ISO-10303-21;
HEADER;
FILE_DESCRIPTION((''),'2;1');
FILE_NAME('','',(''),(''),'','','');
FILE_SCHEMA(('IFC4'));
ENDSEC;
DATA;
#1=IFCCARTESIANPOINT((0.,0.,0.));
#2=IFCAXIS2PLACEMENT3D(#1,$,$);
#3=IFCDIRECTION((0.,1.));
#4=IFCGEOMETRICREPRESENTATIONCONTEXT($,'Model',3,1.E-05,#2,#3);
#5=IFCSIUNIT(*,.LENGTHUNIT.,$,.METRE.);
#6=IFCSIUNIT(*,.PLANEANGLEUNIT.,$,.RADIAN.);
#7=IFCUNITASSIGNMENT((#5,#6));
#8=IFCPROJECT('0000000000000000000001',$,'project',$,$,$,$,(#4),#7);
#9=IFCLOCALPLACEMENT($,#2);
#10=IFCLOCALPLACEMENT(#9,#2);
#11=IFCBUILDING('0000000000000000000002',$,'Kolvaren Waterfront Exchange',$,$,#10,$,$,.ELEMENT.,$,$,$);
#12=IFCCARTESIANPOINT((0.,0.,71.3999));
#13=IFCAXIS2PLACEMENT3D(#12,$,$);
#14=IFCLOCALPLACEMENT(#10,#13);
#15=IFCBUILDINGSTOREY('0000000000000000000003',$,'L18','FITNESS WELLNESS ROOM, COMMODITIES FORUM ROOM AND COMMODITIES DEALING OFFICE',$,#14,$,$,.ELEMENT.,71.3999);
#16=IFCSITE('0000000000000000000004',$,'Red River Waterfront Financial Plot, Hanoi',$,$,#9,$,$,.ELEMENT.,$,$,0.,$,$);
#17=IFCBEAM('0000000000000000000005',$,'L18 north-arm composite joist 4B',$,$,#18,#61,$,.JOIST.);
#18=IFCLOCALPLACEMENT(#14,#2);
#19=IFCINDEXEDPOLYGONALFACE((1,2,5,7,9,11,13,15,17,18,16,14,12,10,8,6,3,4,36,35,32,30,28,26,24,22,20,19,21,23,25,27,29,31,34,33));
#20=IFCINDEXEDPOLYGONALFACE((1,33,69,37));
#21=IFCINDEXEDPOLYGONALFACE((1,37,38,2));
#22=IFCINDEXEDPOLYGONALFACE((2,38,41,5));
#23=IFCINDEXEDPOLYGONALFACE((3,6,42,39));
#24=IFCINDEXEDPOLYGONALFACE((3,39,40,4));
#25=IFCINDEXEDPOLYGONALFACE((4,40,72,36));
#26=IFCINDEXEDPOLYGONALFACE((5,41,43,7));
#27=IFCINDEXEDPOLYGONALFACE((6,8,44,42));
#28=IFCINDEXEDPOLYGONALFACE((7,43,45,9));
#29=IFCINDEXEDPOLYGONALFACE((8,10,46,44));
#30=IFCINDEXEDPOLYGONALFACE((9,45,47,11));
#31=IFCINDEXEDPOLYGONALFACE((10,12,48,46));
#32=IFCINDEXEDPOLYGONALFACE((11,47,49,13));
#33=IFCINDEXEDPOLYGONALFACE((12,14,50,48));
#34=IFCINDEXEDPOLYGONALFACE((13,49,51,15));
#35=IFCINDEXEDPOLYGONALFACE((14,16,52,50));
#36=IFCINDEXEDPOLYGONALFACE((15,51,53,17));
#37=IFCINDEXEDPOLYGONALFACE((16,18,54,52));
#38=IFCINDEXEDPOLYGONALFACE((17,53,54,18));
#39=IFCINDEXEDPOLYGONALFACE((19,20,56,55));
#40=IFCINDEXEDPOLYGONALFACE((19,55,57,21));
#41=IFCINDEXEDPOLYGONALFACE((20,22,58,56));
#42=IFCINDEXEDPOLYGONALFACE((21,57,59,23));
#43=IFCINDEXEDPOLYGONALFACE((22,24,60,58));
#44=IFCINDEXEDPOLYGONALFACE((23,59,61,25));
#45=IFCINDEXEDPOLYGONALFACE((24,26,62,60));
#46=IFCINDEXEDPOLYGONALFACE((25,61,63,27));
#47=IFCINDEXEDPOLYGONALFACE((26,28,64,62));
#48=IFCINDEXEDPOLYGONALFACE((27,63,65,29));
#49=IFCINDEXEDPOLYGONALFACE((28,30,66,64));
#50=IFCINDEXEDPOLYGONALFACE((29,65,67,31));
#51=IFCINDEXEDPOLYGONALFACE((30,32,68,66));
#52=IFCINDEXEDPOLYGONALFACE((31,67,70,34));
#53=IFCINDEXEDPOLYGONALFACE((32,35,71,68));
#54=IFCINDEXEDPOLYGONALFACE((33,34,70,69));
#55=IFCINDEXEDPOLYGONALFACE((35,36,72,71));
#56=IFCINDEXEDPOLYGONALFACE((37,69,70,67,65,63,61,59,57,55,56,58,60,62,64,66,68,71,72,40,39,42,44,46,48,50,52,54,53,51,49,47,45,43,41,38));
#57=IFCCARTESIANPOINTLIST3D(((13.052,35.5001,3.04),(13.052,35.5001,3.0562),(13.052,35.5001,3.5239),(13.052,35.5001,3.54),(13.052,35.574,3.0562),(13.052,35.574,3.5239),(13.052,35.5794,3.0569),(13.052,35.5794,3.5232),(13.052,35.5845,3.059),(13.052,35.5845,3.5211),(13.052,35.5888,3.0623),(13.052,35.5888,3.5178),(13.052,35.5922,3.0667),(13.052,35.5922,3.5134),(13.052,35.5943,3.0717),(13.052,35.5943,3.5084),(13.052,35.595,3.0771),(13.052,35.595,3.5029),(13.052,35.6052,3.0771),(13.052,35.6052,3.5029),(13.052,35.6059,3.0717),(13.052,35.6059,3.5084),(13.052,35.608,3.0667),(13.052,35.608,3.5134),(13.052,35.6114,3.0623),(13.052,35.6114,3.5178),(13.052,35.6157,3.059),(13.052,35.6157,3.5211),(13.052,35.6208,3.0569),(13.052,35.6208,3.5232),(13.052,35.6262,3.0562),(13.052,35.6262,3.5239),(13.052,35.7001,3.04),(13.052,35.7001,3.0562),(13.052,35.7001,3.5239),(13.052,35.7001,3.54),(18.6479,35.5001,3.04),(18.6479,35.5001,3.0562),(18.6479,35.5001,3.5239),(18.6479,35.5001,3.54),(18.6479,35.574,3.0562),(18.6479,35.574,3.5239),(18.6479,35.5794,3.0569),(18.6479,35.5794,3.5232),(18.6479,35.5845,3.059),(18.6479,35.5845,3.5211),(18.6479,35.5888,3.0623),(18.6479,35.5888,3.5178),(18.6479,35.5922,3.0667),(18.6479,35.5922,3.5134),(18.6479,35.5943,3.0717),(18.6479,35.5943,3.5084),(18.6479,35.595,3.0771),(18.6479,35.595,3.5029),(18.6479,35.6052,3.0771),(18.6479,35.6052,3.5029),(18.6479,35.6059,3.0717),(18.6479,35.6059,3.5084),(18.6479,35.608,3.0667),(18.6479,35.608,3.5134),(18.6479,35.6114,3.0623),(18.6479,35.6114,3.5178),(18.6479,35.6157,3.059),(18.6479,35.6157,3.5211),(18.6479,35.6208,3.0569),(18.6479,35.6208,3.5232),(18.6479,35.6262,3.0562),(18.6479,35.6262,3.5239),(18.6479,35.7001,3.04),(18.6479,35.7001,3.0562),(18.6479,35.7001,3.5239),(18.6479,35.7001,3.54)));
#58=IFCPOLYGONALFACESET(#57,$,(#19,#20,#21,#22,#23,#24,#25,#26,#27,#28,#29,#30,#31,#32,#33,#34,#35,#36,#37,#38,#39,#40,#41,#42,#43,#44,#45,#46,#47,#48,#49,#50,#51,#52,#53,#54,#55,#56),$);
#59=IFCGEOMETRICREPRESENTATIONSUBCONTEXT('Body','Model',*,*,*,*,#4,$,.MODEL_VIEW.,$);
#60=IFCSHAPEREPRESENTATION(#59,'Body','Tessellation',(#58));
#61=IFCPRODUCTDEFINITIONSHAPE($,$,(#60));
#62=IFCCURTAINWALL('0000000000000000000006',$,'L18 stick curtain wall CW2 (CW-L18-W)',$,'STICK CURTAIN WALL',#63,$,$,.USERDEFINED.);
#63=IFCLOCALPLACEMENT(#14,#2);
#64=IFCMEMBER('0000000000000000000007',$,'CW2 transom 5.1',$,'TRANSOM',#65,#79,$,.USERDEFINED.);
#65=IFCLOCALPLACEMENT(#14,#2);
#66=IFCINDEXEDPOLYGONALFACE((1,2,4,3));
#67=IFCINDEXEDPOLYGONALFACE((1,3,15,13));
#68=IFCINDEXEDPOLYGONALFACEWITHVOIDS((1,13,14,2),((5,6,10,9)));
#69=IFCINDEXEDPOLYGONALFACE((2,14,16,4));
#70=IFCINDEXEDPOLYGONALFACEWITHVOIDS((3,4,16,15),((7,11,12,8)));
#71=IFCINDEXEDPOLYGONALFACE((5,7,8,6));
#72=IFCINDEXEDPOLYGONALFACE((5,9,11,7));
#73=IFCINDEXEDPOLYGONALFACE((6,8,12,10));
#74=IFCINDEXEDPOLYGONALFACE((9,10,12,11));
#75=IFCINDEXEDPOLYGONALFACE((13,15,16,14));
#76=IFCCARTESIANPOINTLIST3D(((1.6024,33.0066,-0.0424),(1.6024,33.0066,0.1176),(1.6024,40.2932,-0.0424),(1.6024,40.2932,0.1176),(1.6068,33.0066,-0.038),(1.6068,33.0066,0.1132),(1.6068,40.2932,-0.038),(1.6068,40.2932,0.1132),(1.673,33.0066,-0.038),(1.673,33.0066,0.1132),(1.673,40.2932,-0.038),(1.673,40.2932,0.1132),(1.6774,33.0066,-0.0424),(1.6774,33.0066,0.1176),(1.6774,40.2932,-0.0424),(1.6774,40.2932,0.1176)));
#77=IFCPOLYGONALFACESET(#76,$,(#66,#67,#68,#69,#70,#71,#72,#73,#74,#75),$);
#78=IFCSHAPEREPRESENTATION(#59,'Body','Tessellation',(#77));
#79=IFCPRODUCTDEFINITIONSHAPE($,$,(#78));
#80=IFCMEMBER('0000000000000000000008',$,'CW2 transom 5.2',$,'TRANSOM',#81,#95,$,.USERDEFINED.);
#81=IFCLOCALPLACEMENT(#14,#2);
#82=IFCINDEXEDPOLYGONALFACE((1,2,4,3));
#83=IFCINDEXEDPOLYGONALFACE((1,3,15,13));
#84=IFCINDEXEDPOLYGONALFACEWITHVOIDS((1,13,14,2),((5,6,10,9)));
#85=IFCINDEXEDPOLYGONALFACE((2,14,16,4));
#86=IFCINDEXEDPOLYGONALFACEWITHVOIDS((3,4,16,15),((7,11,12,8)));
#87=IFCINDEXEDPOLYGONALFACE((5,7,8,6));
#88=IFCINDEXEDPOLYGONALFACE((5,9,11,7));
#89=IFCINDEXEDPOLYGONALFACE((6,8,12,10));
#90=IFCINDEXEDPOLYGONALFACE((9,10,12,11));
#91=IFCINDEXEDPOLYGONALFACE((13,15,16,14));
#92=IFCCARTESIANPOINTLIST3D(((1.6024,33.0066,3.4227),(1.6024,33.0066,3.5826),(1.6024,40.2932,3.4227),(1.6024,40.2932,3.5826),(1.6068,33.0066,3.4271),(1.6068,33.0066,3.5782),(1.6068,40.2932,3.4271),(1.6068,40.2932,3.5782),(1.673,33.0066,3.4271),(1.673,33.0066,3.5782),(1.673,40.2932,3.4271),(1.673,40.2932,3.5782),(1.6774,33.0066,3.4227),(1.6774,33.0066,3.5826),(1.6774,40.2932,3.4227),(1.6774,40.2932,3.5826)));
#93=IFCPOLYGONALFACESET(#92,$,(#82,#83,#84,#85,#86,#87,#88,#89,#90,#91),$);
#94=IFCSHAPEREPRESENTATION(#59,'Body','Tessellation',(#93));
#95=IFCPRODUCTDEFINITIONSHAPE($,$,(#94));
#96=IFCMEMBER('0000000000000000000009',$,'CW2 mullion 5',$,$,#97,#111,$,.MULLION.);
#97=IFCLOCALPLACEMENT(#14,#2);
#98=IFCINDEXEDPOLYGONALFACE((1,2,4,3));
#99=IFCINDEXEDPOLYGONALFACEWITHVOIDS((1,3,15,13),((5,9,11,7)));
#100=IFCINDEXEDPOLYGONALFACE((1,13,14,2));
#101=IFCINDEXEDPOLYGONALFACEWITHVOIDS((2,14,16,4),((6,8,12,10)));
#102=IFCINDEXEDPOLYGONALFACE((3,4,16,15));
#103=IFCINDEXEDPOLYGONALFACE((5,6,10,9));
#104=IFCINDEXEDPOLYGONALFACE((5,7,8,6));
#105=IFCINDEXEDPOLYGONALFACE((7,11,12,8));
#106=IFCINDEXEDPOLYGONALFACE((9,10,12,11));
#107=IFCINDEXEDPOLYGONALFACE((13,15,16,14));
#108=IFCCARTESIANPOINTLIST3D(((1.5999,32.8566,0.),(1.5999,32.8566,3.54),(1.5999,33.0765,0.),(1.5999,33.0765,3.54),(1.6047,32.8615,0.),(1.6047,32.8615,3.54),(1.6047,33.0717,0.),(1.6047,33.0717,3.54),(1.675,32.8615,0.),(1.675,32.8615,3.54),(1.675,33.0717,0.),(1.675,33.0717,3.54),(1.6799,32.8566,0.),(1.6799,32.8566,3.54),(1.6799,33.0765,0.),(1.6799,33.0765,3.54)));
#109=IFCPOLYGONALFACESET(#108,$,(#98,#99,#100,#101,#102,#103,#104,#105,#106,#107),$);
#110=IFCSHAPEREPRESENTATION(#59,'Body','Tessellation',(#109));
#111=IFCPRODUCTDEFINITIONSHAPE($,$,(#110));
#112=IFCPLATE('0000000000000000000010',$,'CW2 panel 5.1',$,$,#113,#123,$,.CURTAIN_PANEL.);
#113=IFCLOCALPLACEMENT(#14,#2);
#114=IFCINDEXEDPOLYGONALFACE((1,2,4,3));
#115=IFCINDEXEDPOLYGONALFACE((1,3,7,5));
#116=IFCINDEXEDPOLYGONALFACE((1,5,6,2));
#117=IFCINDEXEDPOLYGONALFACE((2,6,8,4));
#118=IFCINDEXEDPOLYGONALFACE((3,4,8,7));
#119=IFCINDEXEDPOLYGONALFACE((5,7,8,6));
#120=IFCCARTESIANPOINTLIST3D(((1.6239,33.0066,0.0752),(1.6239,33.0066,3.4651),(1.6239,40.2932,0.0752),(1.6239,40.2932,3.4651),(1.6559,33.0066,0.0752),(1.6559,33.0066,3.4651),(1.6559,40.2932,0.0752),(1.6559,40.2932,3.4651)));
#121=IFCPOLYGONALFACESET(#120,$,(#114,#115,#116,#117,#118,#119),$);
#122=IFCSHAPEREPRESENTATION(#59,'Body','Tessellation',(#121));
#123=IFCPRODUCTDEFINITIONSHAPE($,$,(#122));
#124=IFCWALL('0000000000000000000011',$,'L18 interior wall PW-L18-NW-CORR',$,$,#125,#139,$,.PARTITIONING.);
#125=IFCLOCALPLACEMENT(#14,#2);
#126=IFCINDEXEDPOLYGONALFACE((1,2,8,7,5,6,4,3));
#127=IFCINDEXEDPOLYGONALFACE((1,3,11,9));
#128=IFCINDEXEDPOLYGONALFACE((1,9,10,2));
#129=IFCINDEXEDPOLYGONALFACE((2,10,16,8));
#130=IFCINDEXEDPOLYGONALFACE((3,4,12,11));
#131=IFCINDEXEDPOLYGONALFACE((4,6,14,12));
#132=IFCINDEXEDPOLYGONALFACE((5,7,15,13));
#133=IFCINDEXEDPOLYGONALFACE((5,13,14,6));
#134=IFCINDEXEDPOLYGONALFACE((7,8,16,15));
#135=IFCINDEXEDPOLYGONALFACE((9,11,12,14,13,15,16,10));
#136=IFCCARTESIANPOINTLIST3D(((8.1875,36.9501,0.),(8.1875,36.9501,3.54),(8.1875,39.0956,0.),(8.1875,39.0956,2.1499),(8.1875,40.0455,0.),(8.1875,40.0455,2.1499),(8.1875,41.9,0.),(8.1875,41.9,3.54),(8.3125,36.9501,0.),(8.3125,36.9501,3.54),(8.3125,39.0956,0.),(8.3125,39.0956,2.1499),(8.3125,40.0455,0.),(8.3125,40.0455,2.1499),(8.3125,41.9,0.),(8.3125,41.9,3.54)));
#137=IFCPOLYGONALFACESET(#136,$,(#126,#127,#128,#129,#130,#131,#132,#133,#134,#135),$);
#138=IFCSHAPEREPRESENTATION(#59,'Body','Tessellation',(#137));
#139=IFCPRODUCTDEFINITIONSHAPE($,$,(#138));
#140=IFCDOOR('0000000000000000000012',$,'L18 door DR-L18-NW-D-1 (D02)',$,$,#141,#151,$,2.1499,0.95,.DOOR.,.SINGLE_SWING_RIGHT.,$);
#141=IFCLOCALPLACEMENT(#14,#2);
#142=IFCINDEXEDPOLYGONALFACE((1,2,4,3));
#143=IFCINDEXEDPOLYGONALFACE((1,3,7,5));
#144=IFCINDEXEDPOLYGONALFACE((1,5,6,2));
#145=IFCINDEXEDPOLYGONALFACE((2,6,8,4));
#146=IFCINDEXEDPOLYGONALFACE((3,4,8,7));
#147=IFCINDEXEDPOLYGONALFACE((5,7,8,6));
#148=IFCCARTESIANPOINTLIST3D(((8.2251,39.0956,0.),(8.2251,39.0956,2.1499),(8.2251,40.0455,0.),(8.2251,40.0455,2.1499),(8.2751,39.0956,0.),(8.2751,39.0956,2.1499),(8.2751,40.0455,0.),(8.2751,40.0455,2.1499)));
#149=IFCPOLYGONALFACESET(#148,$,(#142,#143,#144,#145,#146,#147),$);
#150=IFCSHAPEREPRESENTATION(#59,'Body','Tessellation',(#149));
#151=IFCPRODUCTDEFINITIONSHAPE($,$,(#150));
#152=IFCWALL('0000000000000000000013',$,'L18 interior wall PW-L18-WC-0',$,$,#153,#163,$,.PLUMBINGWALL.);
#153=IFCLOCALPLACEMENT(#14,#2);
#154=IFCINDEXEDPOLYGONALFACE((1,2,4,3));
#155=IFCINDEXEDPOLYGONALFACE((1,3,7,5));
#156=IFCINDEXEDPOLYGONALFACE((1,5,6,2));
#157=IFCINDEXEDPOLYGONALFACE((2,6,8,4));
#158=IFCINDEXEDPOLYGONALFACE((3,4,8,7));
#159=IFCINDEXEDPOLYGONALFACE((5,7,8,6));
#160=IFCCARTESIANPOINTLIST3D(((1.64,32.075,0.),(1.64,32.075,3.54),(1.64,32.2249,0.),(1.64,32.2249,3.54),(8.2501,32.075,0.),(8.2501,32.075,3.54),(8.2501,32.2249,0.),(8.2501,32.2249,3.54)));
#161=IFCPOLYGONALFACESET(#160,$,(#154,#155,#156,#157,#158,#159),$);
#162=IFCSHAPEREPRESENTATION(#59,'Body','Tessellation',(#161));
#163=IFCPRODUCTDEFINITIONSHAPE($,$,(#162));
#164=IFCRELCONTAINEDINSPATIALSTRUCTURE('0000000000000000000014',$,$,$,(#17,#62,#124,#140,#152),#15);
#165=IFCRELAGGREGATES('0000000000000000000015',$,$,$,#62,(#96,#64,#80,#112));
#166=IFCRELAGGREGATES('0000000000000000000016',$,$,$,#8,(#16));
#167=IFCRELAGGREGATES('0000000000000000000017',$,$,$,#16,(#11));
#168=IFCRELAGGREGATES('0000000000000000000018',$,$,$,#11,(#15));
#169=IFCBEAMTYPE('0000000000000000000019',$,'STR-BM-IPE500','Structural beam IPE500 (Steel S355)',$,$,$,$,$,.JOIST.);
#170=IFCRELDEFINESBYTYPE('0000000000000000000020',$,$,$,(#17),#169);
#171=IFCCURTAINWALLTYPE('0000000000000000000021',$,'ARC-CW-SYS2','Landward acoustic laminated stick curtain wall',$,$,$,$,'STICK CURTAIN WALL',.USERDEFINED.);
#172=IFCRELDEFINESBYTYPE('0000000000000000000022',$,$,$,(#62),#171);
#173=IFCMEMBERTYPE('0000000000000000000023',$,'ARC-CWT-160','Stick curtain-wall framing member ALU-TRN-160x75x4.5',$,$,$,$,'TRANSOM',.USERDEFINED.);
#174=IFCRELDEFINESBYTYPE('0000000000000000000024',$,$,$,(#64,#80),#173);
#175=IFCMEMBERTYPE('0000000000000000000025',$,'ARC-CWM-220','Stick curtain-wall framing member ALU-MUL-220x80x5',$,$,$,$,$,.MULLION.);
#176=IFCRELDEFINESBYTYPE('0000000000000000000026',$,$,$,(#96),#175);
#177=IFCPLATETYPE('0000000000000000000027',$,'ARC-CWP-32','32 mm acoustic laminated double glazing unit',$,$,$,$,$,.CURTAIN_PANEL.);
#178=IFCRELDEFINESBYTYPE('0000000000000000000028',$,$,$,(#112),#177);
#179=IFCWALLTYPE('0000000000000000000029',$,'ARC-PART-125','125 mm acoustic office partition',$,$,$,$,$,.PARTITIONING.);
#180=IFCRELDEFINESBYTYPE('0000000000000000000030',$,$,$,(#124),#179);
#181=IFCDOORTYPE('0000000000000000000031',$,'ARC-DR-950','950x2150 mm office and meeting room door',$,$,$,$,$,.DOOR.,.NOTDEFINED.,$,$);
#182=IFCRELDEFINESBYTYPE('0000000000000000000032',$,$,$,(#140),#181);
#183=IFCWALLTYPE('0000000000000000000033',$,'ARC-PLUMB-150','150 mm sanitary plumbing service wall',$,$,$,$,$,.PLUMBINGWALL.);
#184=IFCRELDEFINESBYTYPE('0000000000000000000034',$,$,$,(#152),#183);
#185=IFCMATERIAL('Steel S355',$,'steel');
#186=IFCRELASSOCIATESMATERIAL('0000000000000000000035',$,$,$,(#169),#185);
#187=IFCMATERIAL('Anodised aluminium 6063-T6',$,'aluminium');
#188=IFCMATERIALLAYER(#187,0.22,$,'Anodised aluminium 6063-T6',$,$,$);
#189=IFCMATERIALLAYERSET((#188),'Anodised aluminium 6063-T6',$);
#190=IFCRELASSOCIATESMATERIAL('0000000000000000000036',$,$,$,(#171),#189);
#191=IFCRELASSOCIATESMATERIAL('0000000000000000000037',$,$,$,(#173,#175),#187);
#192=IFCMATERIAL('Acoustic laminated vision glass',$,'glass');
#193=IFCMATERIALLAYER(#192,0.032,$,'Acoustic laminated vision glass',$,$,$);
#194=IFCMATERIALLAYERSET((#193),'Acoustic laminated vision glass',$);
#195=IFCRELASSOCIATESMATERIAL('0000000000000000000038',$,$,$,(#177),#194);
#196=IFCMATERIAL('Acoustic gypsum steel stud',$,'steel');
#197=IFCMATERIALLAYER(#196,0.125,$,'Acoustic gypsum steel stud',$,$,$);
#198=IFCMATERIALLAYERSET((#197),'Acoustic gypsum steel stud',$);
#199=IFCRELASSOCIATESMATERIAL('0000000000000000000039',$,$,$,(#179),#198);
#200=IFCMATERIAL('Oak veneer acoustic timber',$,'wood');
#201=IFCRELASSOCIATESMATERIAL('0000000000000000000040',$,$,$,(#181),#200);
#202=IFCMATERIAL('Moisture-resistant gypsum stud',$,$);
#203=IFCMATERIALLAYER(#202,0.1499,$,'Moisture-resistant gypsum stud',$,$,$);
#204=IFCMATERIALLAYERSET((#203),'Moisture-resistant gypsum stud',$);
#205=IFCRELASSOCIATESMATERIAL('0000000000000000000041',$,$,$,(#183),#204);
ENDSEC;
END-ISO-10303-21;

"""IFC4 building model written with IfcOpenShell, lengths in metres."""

from ifc_helpers import new_model, si_unit, direction, frame, frame_2d, origin, origin_with_axes, origin_2d, place, context, subcontext, project, spatial, rectangle, hollow_rectangle, i_section, extrude, source, transform, mapped, material, layer, layer_set, material_profile, profile_set, type_object, element, fill, aggregate, save


model = new_model("IFC4")

# Units and contexts
model_context = context("Model", 3, precision=1e-05, world=origin(), true_north=direction((0.0, 1.0)))
body_context = subcontext(model_context, "Body", "Model", "MODEL_VIEW")
ifc_project = project(units=[si_unit("LENGTHUNIT", "METRE"), si_unit("PLANEANGLEUNIT", "RADIAN")], contexts=[model_context])

# Site, building, storey
site_placement = place(None, origin())
site = spatial("IfcSite", under=ifc_project, at=site_placement, Name="Red River Waterfront Financial Plot, Hanoi", CompositionType="ELEMENT", RefElevation=0.0)
building_placement = place(site_placement, origin())
building = spatial("IfcBuilding", under=site, at=building_placement, Name="Kolvaren Waterfront Exchange", CompositionType="ELEMENT")
storey_placement = place(building_placement, frame((0.0, 0.0, 71.3999)))
storey = spatial("IfcBuildingStorey", under=building, at=storey_placement, Name="L18", Description="FITNESS WELLNESS ROOM, COMMODITIES FORUM ROOM AND COMMODITIES DEALING OFFICE", CompositionType="ELEMENT", Elevation=71.3999)

# Beam
ifc_material_1 = material(Name="Steel S355", Category="steel")
ifc_material_profile_1 = material_profile(ifc_material_1, i_section(OverallWidth=0.2, OverallDepth=0.5, WebThickness=0.0103, FlangeThickness=0.0161, FilletRadius=0.021, at=origin_2d()), Name="IPE500")
ifc_profile_set_1 = profile_set([ifc_material_profile_1], Name="Steel S355")
beam_type_1 = type_object("IfcBeamType", Name="STR-BM-IPE500", Description="Structural beam IPE500 (Steel S355)", PredefinedType="JOIST", material=ifc_profile_set_1)
beam_1_placement = place(storey_placement, frame((13.052, 35.6001, 3.29), z_axis=(1.0, 0.0, 0.0), x_axis=(0.0, 1.0, 0.0)))
element("IfcBeam", 1, at=beam_1_placement, inside=storey, type_object=beam_type_1, Name="L18 north-arm composite joist 4B", PredefinedType="JOIST", context=body_context, shape_type="SweptSolid", body=[
    extrude(i_section(OverallWidth=0.2, OverallDepth=0.5, WebThickness=0.0103, FlangeThickness=0.0161, FilletRadius=0.021, at=origin_2d()), origin(), (0.0, 0.0, 1.0), 5.5959),
])

# Curtain wall, members, plate
ifc_material_2 = material(Name="Anodised aluminium 6063-T6", Category="aluminium")
ifc_layer_1 = layer(ifc_material_2, 0.22, Name="Anodised aluminium 6063-T6")
ifc_layer_set_1 = layer_set([ifc_layer_1], Name="Anodised aluminium 6063-T6")
curtain_wall_type = type_object("IfcCurtainWallType", Name="ARC-CW-SYS2", Description="Landward acoustic laminated stick curtain wall", ElementType="STICK CURTAIN WALL", PredefinedType="USERDEFINED", material=ifc_layer_set_1)
curtain_wall_placement = place(storey_placement, origin())
curtain_wall = element("IfcCurtainWall", 2, at=curtain_wall_placement, inside=storey, type_object=curtain_wall_type, Name="L18 stick curtain wall CW2 (CW-L18-W)", ObjectType="STICK CURTAIN WALL", PredefinedType="USERDEFINED")
ifc_material_profile_2 = material_profile(ifc_material_2, hollow_rectangle(XDim=0.075, YDim=0.1599, WallThickness=0.0044, at=origin_2d()), Name="ALU-TRN-160x75x4.5")
ifc_profile_set_2 = profile_set([ifc_material_profile_2], Name="Anodised aluminium 6063-T6")
member_type_1 = type_object("IfcMemberType", Name="ARC-CWT-160", Description="Stick curtain-wall framing member ALU-TRN-160x75x4.5", ElementType="TRANSOM", PredefinedType="USERDEFINED", material=ifc_profile_set_2)
shared_shape_1 = source(origin_with_axes(), body_context, "Body", "SweptSolid", [
    extrude(hollow_rectangle(XDim=0.075, YDim=0.1599, WallThickness=0.0044, at=origin_2d()), origin(), (0.0, 0.0, 1.0), 7.2866),
])
member_1_placement = place(storey_placement, frame((1.6399, 33.0066, 0.0376), z_axis=(0.0, 1.0, 0.0), x_axis=(-1.0, 0.0, 0.0)))
member_1 = element("IfcMember", 3, at=member_1_placement, type_object=member_type_1, Name="CW2 transom 5.1", ObjectType="TRANSOM", PredefinedType="USERDEFINED", context=body_context, shape_type="MappedRepresentation", body=[
    mapped(shared_shape_1, transform((0.0, 0.0, 0.0), x_axis=(1.0, 0.0, 0.0), y_axis=(0.0, 1.0, 0.0), z_axis=(0.0, 0.0, 1.0), scale=1.0)),
])
member_2_placement = place(storey_placement, frame((1.6399, 33.0066, 3.5027), z_axis=(0.0, 1.0, 0.0), x_axis=(-1.0, 0.0, 0.0)))
member_2 = element("IfcMember", 4, at=member_2_placement, type_object=member_type_1, Name="CW2 transom 5.2", ObjectType="TRANSOM", PredefinedType="USERDEFINED", context=body_context, shape_type="MappedRepresentation", body=[
    mapped(shared_shape_1, transform((0.0, 0.0, 0.0), x_axis=(1.0, 0.0, 0.0), y_axis=(0.0, 1.0, 0.0), z_axis=(0.0, 0.0, 1.0), scale=1.0)),
])
ifc_material_profile_3 = material_profile(ifc_material_2, hollow_rectangle(XDim=0.0801, YDim=0.22, WallThickness=0.0049, at=origin_2d()), Name="ALU-MUL-220x80x5")
ifc_profile_set_3 = profile_set([ifc_material_profile_3], Name="Anodised aluminium 6063-T6")
member_type_2 = type_object("IfcMemberType", Name="ARC-CWM-220", Description="Stick curtain-wall framing member ALU-MUL-220x80x5", PredefinedType="MULLION", material=ifc_profile_set_3)
shared_shape_2 = source(origin_with_axes(), body_context, "Body", "SweptSolid", [
    extrude(hollow_rectangle(XDim=0.0801, YDim=0.22, WallThickness=0.0049, at=origin_2d()), origin(), (0.0, 0.0, 1.0), 3.54),
])
member_3_placement = place(storey_placement, frame((1.6399, 32.9666, 0.0), z_axis=(0.0, 0.0, 1.0), x_axis=(-1.0, 0.0, 0.0)))
member_3 = element("IfcMember", 5, at=member_3_placement, type_object=member_type_2, Name="CW2 mullion 5", PredefinedType="MULLION", context=body_context, shape_type="MappedRepresentation", body=[
    mapped(shared_shape_2, transform((0.0, 0.0, 0.0), x_axis=(1.0, 0.0, 0.0), y_axis=(0.0, 1.0, 0.0), z_axis=(0.0, 0.0, 1.0), scale=1.0)),
])
ifc_material_3 = material(Name="Acoustic laminated vision glass", Category="glass")
ifc_layer_2 = layer(ifc_material_3, 0.032, Name="Acoustic laminated vision glass")
ifc_layer_set_2 = layer_set([ifc_layer_2], Name="Acoustic laminated vision glass")
plate_type = type_object("IfcPlateType", Name="ARC-CWP-32", Description="32 mm acoustic laminated double glazing unit", PredefinedType="CURTAIN_PANEL", material=ifc_layer_set_2)
shared_shape_3 = source(origin_with_axes(), body_context, "Body", "SweptSolid", [
    extrude(rectangle(XDim=7.2866, YDim=0.032, at=origin_2d()), origin(), (0.0, 0.0, 1.0), 3.3899),
])
plate_placement = place(storey_placement, frame((1.6399, 36.6499, 0.0752), z_axis=(0.0, 0.0, 1.0), x_axis=(0.0, 1.0, 0.0)))
plate = element("IfcPlate", 6, at=plate_placement, type_object=plate_type, Name="CW2 panel 5.1", PredefinedType="CURTAIN_PANEL", context=body_context, shape_type="MappedRepresentation", body=[
    mapped(shared_shape_3, transform((0.0, 0.0, 0.0), x_axis=(1.0, 0.0, 0.0), y_axis=(0.0, 1.0, 0.0), z_axis=(0.0, 0.0, 1.0), scale=1.0)),
])
aggregate(curtain_wall, [member_3, member_1, member_2, plate])

# Wall, opening, door
ifc_material_4 = material(Name="Acoustic gypsum steel stud", Category="steel")
ifc_layer_3 = layer(ifc_material_4, 0.125, Name="Acoustic gypsum steel stud")
ifc_layer_set_3 = layer_set([ifc_layer_3], Name="Acoustic gypsum steel stud")
wall_type_1 = type_object("IfcWallType", Name="ARC-PART-125", Description="125 mm acoustic office partition", PredefinedType="PARTITIONING", material=ifc_layer_set_3)
wall_1_placement = place(storey_placement, frame((8.25, 36.95, 0.0), z_axis=(0.0, 0.0, 1.0), x_axis=(0.0, 1.0, 0.0)))
wall_1 = element("IfcWall", 7, at=wall_1_placement, inside=storey, type_object=wall_type_1, Name="L18 interior wall PW-L18-NW-CORR", PredefinedType="PARTITIONING", context=body_context, shape_type="SweptSolid", body=[
    extrude(rectangle(XDim=4.95, YDim=0.125, at=frame_2d((2.4751, 0.0))), origin(), (0.0, 0.0, 1.0), 3.54),
])
opening_1_placement = place(wall_1_placement, frame((2.1455, 0.0, 0.0)))
opening_1 = element("IfcOpeningElement", 8, at=opening_1_placement, cuts=wall_1, PredefinedType="OPENING", context=body_context, shape_type="SweptSolid", body=[
    extrude(rectangle(XDim=0.95, YDim=2.1499, at=frame_2d((0.4751, 1.075))), frame((0.0, 0.0725, 0.0), z_axis=(0.0, -1.0, 0.0), x_axis=(1.0, 0.0, 0.0)), (0.0, 0.0, 1.0), 0.145),
])
ifc_material_5 = material(Name="Oak veneer acoustic timber", Category="wood")
door_type_1 = type_object("IfcDoorType", Name="ARC-DR-950", Description="950x2150 mm office and meeting room door", OperationType="NOTDEFINED", PredefinedType="DOOR", material=ifc_material_5)
door_1_placement = place(opening_1_placement, origin())
door_1 = element("IfcDoor", 9, at=door_1_placement, inside=storey, type_object=door_type_1, Name="L18 door DR-L18-NW-D-1 (D02)", OperationType="SINGLE_SWING_RIGHT", OverallHeight=2.1499, OverallWidth=0.95, PredefinedType="DOOR", context=body_context, shape_type="SweptSolid", body=[
    extrude(rectangle(XDim=0.95, YDim=2.1499, at=frame_2d((0.4751, 1.075))), frame((0.0, 0.0249, 0.0), z_axis=(0.0, -1.0, 0.0), x_axis=(1.0, 0.0, 0.0)), (0.0, 0.0, 1.0), 0.05),
])
fill(opening_1, door_1)

# Wall
ifc_material_6 = material(Name="Moisture-resistant gypsum stud")
ifc_layer_4 = layer(ifc_material_6, 0.1499, Name="Moisture-resistant gypsum stud")
ifc_layer_set_4 = layer_set([ifc_layer_4], Name="Moisture-resistant gypsum stud")
wall_type_2 = type_object("IfcWallType", Name="ARC-PLUMB-150", Description="150 mm sanitary plumbing service wall", PredefinedType="PLUMBINGWALL", material=ifc_layer_set_4)
wall_2_placement = place(storey_placement, frame((1.6399, 32.1499, 0.0), z_axis=(0.0, 0.0, 1.0), x_axis=(1.0, 0.0, 0.0)))
element("IfcWall", 10, at=wall_2_placement, inside=storey, type_object=wall_type_2, Name="L18 interior wall PW-L18-WC-0", PredefinedType="PLUMBINGWALL", context=body_context, shape_type="SweptSolid", body=[
    extrude(rectangle(XDim=6.6101, YDim=0.1499, at=frame_2d((3.3052, 0.0))), origin(), (0.0, 0.0, 1.0), 3.54),
])

save(model, "model.ifc")
